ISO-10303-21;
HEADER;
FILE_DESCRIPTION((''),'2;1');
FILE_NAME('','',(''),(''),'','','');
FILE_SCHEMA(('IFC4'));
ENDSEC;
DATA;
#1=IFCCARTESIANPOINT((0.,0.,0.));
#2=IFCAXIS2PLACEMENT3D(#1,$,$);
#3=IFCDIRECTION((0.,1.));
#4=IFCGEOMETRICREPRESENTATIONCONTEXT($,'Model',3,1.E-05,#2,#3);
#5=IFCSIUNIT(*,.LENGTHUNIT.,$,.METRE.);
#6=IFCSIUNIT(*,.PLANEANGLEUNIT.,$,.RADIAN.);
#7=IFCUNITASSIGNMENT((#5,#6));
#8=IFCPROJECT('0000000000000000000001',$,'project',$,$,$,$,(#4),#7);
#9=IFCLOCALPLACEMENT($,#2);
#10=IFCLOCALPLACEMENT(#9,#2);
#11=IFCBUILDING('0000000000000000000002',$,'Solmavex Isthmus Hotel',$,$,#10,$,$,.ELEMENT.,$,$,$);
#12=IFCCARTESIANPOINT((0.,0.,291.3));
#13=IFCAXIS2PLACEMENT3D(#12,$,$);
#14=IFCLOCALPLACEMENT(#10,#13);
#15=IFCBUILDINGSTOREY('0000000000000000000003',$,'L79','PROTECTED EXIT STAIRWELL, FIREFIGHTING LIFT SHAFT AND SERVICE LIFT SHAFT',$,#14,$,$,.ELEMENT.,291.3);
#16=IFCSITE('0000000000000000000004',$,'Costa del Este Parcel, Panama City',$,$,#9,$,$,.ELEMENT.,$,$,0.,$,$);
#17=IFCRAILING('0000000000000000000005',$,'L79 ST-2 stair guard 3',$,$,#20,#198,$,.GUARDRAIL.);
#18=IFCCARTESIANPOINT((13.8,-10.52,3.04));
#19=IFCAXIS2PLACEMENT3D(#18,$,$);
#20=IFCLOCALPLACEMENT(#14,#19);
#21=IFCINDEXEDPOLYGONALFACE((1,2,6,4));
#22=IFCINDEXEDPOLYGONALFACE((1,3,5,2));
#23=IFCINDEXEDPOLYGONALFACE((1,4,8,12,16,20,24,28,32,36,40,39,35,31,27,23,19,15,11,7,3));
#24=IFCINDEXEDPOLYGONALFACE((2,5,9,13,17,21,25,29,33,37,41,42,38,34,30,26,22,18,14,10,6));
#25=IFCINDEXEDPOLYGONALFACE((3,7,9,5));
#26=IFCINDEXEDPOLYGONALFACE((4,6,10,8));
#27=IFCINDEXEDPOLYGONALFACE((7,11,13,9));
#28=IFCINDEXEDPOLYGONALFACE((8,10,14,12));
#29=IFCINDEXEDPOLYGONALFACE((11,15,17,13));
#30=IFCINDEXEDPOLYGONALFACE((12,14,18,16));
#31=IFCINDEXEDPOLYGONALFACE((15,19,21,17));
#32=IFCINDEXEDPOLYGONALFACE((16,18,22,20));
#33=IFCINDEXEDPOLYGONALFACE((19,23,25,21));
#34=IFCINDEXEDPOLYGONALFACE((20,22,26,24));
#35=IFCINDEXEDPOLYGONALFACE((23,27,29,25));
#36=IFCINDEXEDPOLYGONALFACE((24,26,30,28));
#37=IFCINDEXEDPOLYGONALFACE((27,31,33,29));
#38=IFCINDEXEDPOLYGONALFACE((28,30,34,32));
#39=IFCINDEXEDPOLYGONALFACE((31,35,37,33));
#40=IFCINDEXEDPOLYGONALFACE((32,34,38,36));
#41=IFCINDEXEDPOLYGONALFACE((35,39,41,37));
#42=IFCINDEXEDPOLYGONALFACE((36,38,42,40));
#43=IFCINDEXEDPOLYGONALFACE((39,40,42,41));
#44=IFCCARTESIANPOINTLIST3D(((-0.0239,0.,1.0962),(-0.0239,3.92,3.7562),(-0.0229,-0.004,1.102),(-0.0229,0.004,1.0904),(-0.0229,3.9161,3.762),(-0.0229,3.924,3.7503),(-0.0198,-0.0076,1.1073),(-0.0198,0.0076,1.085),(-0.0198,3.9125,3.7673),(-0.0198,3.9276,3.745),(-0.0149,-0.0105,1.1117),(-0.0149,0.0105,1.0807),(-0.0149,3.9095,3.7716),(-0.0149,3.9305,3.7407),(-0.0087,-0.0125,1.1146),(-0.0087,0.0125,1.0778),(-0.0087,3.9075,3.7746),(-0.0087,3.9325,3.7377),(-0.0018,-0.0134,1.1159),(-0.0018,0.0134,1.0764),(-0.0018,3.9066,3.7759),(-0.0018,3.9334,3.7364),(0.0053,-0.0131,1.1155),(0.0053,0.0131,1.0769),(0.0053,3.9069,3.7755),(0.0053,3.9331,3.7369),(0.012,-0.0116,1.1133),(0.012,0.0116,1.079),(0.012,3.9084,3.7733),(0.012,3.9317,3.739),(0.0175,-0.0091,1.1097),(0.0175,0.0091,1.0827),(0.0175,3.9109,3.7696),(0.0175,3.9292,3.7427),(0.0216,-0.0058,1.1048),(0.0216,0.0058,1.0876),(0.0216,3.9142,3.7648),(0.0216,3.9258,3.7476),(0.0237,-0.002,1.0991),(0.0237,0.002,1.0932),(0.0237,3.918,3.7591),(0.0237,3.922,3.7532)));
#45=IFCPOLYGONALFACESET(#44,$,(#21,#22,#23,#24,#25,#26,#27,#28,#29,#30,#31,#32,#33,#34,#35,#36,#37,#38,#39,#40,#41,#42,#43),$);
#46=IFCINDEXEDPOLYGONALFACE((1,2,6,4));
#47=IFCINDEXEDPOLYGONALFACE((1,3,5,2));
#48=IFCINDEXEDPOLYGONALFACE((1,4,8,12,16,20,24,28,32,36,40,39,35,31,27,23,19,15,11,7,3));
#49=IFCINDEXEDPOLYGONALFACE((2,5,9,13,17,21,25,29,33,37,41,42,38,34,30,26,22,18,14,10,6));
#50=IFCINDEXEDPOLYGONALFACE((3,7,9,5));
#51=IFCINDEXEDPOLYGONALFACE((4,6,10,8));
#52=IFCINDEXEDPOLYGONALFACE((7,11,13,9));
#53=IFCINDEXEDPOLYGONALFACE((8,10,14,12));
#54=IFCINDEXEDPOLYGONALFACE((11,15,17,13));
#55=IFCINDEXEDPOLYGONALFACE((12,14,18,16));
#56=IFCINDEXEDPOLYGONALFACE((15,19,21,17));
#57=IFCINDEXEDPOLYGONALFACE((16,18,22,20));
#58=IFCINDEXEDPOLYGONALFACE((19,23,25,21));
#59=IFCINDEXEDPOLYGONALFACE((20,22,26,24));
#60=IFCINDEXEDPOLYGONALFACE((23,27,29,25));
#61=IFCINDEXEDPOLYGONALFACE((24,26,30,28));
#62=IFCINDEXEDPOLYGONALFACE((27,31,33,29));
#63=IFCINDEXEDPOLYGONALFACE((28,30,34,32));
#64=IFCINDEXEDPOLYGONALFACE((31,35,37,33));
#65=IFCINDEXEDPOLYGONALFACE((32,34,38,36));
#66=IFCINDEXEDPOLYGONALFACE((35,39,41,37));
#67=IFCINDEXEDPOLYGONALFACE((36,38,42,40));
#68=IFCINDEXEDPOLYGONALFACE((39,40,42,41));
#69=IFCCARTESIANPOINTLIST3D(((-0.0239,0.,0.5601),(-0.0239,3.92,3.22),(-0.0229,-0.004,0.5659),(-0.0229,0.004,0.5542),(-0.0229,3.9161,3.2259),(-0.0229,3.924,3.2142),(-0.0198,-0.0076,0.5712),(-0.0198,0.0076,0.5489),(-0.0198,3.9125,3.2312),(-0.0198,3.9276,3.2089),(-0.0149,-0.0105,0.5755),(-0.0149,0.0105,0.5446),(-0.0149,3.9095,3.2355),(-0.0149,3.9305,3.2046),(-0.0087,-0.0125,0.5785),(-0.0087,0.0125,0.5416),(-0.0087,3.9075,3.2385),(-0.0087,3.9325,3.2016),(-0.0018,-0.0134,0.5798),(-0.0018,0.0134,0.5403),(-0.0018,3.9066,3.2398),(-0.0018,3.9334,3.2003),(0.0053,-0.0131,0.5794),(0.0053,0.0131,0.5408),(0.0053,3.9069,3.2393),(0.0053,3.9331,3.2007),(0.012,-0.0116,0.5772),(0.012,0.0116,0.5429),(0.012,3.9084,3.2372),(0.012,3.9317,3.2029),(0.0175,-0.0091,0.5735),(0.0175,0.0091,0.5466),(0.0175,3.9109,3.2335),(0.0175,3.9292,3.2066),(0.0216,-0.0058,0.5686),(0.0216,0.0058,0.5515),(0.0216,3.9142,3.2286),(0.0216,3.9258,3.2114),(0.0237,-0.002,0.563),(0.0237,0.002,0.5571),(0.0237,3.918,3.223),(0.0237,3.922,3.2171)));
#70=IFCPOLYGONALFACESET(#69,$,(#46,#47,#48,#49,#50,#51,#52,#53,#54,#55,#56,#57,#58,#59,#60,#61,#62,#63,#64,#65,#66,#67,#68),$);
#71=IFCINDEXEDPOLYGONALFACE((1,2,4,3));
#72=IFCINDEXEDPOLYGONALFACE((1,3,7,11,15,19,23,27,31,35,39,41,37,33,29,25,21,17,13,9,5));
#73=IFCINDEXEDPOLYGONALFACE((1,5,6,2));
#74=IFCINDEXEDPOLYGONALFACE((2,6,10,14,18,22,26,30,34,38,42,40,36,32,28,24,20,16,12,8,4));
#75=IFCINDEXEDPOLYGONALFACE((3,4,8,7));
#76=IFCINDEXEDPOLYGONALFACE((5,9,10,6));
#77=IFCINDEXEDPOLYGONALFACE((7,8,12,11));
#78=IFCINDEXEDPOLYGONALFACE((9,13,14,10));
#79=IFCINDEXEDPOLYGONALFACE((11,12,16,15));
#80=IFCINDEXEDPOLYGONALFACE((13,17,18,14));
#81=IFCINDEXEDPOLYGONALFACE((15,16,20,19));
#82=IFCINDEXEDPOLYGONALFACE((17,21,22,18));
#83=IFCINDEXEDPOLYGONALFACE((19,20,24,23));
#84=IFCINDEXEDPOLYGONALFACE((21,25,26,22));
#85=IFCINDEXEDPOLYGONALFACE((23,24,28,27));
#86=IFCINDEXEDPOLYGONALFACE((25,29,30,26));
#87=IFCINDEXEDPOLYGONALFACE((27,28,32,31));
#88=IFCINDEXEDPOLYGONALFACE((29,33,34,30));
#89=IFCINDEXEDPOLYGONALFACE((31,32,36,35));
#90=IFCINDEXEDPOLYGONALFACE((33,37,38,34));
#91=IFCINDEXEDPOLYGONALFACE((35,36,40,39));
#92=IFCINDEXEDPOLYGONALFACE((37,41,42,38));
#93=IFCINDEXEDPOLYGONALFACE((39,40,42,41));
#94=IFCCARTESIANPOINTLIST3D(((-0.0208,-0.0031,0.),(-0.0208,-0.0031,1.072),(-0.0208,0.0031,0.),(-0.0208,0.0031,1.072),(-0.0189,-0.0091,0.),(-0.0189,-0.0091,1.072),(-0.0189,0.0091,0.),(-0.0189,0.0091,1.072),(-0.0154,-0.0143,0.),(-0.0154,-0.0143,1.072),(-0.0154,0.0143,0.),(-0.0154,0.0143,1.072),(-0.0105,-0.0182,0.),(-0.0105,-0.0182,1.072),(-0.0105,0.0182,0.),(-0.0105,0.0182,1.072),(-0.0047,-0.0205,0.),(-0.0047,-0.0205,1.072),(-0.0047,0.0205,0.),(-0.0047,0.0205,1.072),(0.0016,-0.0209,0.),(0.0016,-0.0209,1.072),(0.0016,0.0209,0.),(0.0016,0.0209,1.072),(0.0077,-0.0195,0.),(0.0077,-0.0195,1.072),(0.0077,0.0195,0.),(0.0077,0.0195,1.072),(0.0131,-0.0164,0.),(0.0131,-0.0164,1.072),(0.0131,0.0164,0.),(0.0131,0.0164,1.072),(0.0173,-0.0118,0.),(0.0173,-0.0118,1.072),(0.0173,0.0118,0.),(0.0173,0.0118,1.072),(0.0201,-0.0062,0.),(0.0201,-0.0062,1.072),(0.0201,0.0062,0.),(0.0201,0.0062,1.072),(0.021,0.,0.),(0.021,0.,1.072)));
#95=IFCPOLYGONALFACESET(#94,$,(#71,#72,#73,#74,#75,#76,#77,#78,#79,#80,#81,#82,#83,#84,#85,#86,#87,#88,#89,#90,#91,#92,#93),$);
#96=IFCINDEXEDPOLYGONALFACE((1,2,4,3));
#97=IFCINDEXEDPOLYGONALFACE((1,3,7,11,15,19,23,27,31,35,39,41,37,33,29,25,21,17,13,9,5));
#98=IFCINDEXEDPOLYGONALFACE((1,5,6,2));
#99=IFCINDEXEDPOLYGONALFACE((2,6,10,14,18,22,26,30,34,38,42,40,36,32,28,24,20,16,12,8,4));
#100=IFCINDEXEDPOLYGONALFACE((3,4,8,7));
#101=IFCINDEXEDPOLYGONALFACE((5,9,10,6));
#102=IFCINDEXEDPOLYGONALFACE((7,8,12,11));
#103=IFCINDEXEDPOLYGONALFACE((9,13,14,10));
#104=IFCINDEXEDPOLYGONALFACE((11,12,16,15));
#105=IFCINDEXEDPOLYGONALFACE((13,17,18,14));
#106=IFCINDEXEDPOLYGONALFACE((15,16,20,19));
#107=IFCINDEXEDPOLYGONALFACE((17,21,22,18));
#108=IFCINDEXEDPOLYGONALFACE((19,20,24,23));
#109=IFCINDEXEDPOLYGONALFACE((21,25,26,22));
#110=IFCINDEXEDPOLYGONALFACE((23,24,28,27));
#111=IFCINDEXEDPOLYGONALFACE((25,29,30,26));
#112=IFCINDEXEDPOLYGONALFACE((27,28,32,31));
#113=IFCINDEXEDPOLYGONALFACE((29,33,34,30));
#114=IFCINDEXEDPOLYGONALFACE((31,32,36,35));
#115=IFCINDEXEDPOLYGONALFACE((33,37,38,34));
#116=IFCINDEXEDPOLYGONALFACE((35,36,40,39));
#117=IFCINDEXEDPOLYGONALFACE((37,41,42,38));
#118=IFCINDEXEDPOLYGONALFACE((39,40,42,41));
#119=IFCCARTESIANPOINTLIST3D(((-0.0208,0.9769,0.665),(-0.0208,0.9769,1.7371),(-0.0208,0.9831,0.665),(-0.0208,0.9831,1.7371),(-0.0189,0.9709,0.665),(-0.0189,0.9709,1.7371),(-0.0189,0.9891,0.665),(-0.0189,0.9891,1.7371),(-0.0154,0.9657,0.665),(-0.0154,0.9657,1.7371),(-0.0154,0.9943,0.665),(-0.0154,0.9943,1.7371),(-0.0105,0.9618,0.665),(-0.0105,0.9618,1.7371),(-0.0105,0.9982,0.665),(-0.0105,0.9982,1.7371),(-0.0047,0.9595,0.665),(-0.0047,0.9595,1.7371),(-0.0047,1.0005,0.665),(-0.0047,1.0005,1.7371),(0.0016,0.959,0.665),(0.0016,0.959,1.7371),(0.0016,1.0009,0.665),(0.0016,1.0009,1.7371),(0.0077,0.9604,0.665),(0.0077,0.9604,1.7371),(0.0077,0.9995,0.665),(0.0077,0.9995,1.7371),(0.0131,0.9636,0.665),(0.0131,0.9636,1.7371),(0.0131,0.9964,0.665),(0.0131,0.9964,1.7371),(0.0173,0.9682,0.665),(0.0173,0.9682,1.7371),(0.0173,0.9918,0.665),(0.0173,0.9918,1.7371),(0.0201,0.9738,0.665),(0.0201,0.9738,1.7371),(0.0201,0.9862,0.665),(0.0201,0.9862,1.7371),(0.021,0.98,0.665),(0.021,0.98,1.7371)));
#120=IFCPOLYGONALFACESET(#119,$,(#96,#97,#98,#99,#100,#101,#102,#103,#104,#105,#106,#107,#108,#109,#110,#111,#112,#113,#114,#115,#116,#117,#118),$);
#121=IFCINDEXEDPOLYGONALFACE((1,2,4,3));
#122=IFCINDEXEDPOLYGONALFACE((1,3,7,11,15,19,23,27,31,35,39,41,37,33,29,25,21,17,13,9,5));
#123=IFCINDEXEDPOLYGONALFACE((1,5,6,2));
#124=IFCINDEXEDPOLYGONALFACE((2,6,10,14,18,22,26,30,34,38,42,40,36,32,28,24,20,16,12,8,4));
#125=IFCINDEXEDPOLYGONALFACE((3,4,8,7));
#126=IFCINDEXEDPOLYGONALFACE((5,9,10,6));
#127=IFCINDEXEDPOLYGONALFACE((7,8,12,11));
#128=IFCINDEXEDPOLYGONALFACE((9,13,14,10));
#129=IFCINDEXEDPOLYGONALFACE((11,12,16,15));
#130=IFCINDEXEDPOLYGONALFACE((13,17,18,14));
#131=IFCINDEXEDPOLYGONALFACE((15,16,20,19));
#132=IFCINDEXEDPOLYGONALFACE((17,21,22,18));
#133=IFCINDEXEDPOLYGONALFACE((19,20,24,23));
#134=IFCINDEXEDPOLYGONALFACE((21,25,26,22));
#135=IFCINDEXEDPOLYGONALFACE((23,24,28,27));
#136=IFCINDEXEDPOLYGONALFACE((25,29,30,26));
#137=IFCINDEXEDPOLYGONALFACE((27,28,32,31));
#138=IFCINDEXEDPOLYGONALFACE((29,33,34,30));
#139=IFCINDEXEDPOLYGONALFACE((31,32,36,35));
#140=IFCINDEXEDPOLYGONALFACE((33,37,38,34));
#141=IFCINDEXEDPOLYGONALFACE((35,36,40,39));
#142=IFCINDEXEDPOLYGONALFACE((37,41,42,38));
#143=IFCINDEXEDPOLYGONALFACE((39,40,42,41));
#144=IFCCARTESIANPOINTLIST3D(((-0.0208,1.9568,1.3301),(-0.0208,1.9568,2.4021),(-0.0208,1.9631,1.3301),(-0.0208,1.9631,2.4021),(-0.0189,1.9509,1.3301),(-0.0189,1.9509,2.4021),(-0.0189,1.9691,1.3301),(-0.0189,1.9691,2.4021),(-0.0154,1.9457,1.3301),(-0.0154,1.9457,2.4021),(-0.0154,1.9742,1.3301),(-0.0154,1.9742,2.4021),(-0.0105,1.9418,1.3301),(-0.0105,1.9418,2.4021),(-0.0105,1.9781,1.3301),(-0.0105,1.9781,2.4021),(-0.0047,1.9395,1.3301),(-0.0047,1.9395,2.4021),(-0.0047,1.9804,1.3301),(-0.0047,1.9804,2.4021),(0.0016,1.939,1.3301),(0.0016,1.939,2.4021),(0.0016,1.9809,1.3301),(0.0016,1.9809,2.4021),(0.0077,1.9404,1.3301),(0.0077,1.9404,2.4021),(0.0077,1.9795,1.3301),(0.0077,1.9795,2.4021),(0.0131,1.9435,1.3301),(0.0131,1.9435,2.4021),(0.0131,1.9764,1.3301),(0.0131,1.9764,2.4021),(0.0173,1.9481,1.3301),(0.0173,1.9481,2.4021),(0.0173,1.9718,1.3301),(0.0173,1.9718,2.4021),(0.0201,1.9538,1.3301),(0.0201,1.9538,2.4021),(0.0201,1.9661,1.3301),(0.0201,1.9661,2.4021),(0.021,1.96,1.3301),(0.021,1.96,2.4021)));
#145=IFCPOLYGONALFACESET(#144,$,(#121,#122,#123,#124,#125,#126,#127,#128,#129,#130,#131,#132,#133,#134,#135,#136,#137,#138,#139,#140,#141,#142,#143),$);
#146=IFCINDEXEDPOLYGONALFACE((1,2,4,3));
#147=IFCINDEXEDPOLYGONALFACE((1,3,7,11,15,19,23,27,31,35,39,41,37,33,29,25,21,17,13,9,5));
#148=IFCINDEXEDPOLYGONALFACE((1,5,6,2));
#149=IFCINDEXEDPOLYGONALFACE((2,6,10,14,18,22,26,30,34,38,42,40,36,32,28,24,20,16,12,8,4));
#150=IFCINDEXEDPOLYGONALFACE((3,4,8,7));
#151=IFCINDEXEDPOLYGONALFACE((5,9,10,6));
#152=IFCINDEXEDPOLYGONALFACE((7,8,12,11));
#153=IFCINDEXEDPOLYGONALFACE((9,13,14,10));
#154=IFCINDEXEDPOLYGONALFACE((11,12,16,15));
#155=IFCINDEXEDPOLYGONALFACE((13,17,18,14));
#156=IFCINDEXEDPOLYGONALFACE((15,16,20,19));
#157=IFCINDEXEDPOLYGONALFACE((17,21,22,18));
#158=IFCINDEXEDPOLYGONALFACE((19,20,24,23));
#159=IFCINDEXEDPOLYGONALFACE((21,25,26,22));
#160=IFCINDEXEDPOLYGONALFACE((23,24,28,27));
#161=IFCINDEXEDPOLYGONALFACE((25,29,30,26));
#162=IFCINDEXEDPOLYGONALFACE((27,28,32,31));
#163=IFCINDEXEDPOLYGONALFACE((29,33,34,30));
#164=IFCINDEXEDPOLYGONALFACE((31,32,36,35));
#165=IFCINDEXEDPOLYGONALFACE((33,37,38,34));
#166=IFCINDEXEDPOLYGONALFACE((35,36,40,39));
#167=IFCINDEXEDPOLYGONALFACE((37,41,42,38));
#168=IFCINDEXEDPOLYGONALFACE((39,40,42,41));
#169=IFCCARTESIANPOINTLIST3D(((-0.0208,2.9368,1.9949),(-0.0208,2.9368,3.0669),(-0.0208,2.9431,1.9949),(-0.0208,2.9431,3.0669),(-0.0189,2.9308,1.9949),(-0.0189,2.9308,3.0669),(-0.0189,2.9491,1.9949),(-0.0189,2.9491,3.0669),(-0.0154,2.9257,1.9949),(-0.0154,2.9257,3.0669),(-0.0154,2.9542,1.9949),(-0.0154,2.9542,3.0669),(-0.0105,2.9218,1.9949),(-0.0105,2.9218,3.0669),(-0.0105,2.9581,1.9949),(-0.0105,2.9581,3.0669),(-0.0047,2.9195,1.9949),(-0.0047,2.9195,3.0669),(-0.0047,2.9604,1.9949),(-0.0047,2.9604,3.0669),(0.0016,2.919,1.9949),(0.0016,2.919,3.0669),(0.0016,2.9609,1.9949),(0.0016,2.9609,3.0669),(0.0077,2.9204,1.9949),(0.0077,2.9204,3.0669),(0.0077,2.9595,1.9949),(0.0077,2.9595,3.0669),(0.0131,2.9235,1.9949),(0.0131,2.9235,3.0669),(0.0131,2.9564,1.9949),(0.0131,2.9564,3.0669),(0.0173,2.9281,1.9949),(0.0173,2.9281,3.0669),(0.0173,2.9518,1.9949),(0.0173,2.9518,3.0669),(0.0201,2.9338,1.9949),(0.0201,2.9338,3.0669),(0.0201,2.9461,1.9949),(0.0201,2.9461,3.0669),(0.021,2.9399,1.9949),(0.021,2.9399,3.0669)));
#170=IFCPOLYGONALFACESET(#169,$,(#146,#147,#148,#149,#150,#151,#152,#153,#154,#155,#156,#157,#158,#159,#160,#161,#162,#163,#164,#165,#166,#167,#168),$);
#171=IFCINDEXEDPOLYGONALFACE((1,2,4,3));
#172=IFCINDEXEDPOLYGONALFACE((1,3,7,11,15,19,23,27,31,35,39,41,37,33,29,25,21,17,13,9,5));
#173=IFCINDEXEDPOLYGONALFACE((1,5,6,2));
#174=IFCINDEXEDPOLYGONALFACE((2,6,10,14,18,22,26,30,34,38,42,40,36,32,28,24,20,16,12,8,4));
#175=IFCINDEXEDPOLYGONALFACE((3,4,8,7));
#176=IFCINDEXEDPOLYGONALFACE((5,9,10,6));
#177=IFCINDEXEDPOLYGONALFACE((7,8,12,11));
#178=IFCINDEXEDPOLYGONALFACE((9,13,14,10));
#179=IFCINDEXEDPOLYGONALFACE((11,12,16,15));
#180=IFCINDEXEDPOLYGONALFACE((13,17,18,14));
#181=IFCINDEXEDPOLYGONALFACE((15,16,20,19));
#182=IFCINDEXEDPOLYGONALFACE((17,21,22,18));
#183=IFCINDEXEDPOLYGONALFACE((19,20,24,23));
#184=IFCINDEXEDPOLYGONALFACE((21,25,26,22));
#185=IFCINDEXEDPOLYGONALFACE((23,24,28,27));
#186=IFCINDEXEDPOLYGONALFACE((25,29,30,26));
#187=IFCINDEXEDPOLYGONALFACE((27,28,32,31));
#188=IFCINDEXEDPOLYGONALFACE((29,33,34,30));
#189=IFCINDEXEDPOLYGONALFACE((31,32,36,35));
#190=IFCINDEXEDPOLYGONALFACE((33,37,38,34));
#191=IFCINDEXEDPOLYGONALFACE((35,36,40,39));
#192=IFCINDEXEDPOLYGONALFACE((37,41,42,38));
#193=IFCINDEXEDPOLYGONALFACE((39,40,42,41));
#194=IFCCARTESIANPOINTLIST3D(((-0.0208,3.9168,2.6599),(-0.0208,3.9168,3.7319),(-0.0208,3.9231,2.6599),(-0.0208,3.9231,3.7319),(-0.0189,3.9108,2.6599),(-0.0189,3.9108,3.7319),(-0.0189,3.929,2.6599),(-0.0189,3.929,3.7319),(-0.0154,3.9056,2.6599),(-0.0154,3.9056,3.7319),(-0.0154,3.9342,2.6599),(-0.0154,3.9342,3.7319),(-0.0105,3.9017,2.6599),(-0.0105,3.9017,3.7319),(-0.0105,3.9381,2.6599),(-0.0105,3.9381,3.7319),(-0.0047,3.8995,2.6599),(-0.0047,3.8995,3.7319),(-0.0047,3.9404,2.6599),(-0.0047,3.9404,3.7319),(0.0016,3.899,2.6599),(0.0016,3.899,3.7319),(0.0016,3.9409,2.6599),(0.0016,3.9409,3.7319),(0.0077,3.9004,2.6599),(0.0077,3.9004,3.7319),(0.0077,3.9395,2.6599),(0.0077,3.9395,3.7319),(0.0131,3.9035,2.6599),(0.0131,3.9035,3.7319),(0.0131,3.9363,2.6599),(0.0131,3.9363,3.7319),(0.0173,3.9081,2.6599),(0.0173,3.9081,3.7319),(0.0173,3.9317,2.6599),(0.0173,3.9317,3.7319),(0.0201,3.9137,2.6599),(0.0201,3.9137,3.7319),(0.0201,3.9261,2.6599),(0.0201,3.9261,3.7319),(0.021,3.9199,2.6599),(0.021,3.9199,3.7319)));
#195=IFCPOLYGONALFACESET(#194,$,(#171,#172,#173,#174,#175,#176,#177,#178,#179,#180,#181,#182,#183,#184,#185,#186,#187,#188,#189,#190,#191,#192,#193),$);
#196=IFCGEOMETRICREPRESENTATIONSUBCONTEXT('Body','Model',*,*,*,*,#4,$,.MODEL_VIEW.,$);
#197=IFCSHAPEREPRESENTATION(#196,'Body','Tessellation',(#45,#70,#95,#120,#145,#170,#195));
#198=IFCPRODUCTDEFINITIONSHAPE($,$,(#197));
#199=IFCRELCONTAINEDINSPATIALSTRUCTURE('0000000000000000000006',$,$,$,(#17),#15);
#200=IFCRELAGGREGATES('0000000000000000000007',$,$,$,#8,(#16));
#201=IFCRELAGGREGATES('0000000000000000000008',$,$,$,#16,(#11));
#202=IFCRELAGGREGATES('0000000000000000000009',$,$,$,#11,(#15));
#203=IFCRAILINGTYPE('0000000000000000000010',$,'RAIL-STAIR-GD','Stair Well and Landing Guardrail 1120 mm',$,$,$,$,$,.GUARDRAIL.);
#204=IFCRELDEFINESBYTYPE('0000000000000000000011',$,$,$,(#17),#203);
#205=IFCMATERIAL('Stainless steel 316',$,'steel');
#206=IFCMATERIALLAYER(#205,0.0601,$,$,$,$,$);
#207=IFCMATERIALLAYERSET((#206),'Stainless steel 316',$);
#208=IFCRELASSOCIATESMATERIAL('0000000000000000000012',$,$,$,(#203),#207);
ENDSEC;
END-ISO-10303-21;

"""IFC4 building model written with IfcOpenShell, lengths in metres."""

from ifc_helpers import new_model, si_unit, direction, frame, origin, origin_2d, place, context, subcontext, project, spatial, circle, extrude, material, layer, layer_set, type_object, element, save


model = new_model("IFC4")

# Units and contexts
model_context = context("Model", 3, precision=1e-05, world=origin(), true_north=direction((0.0, 1.0)))
body_context = subcontext(model_context, "Body", "Model", "MODEL_VIEW")
ifc_project = project(units=[si_unit("LENGTHUNIT", "METRE"), si_unit("PLANEANGLEUNIT", "RADIAN")], contexts=[model_context])

# Site, building, storey
site_placement = place(None, origin())
site = spatial("IfcSite", under=ifc_project, at=site_placement, Name="Costa del Este Parcel, Panama City", CompositionType="ELEMENT", RefElevation=0.0)
building_placement = place(site_placement, origin())
building = spatial("IfcBuilding", under=site, at=building_placement, Name="Solmavex Isthmus Hotel", CompositionType="ELEMENT")
storey_placement = place(building_placement, frame((0.0, 0.0, 291.3)))
storey = spatial("IfcBuildingStorey", under=building, at=storey_placement, Name="L79", Description="PROTECTED EXIT STAIRWELL, FIREFIGHTING LIFT SHAFT AND SERVICE LIFT SHAFT", CompositionType="ELEMENT", Elevation=291.3)

# Railing
ifc_material_1 = material(Name="Stainless steel 316", Category="steel")
ifc_layer_1 = layer(ifc_material_1, 0.0601)
ifc_layer_set_1 = layer_set([ifc_layer_1], Name="Stainless steel 316")
railing_type_1 = type_object("IfcRailingType", Name="RAIL-STAIR-GD", Description="Stair Well and Landing Guardrail 1120 mm", PredefinedType="GUARDRAIL", material=ifc_layer_set_1)
railing_1_placement = place(storey_placement, frame((13.8, -10.52, 3.04)))
element("IfcRailing", 1, at=railing_1_placement, inside=storey, type_object=railing_type_1, Name="L79 ST-2 stair guard 3", PredefinedType="GUARDRAIL", context=body_context, shape_type="SweptSolid", body=[
    extrude(circle(Radius=0.0239, at=origin_2d()), frame((0.0, 0.0, 1.0962), z_axis=(0.0, 0.827479, 0.561496), x_axis=(-1.0, 0.0, 0.0)), (0.0, 0.0, 1.0), 4.7373),
    extrude(circle(Radius=0.0239, at=origin_2d()), frame((0.0, 0.0, 0.5601), z_axis=(0.0, 0.827479, 0.561496), x_axis=(-1.0, 0.0, 0.0)), (0.0, 0.0, 1.0), 4.7373),
    extrude(circle(Radius=0.021, at=origin_2d()), origin(), (0.0, 0.0, 1.0), 1.072),
    extrude(circle(Radius=0.021, at=origin_2d()), frame((0.0, 0.98, 0.665)), (0.0, 0.0, 1.0), 1.072),
    extrude(circle(Radius=0.021, at=origin_2d()), frame((0.0, 1.96, 1.3301)), (0.0, 0.0, 1.0), 1.072),
    extrude(circle(Radius=0.021, at=origin_2d()), frame((0.0, 2.9399, 1.9949)), (0.0, 0.0, 1.0), 1.072),
    extrude(circle(Radius=0.021, at=origin_2d()), frame((0.0, 3.9199, 2.6599)), (0.0, 0.0, 1.0), 1.072),
])

save(model, "model.ifc")
